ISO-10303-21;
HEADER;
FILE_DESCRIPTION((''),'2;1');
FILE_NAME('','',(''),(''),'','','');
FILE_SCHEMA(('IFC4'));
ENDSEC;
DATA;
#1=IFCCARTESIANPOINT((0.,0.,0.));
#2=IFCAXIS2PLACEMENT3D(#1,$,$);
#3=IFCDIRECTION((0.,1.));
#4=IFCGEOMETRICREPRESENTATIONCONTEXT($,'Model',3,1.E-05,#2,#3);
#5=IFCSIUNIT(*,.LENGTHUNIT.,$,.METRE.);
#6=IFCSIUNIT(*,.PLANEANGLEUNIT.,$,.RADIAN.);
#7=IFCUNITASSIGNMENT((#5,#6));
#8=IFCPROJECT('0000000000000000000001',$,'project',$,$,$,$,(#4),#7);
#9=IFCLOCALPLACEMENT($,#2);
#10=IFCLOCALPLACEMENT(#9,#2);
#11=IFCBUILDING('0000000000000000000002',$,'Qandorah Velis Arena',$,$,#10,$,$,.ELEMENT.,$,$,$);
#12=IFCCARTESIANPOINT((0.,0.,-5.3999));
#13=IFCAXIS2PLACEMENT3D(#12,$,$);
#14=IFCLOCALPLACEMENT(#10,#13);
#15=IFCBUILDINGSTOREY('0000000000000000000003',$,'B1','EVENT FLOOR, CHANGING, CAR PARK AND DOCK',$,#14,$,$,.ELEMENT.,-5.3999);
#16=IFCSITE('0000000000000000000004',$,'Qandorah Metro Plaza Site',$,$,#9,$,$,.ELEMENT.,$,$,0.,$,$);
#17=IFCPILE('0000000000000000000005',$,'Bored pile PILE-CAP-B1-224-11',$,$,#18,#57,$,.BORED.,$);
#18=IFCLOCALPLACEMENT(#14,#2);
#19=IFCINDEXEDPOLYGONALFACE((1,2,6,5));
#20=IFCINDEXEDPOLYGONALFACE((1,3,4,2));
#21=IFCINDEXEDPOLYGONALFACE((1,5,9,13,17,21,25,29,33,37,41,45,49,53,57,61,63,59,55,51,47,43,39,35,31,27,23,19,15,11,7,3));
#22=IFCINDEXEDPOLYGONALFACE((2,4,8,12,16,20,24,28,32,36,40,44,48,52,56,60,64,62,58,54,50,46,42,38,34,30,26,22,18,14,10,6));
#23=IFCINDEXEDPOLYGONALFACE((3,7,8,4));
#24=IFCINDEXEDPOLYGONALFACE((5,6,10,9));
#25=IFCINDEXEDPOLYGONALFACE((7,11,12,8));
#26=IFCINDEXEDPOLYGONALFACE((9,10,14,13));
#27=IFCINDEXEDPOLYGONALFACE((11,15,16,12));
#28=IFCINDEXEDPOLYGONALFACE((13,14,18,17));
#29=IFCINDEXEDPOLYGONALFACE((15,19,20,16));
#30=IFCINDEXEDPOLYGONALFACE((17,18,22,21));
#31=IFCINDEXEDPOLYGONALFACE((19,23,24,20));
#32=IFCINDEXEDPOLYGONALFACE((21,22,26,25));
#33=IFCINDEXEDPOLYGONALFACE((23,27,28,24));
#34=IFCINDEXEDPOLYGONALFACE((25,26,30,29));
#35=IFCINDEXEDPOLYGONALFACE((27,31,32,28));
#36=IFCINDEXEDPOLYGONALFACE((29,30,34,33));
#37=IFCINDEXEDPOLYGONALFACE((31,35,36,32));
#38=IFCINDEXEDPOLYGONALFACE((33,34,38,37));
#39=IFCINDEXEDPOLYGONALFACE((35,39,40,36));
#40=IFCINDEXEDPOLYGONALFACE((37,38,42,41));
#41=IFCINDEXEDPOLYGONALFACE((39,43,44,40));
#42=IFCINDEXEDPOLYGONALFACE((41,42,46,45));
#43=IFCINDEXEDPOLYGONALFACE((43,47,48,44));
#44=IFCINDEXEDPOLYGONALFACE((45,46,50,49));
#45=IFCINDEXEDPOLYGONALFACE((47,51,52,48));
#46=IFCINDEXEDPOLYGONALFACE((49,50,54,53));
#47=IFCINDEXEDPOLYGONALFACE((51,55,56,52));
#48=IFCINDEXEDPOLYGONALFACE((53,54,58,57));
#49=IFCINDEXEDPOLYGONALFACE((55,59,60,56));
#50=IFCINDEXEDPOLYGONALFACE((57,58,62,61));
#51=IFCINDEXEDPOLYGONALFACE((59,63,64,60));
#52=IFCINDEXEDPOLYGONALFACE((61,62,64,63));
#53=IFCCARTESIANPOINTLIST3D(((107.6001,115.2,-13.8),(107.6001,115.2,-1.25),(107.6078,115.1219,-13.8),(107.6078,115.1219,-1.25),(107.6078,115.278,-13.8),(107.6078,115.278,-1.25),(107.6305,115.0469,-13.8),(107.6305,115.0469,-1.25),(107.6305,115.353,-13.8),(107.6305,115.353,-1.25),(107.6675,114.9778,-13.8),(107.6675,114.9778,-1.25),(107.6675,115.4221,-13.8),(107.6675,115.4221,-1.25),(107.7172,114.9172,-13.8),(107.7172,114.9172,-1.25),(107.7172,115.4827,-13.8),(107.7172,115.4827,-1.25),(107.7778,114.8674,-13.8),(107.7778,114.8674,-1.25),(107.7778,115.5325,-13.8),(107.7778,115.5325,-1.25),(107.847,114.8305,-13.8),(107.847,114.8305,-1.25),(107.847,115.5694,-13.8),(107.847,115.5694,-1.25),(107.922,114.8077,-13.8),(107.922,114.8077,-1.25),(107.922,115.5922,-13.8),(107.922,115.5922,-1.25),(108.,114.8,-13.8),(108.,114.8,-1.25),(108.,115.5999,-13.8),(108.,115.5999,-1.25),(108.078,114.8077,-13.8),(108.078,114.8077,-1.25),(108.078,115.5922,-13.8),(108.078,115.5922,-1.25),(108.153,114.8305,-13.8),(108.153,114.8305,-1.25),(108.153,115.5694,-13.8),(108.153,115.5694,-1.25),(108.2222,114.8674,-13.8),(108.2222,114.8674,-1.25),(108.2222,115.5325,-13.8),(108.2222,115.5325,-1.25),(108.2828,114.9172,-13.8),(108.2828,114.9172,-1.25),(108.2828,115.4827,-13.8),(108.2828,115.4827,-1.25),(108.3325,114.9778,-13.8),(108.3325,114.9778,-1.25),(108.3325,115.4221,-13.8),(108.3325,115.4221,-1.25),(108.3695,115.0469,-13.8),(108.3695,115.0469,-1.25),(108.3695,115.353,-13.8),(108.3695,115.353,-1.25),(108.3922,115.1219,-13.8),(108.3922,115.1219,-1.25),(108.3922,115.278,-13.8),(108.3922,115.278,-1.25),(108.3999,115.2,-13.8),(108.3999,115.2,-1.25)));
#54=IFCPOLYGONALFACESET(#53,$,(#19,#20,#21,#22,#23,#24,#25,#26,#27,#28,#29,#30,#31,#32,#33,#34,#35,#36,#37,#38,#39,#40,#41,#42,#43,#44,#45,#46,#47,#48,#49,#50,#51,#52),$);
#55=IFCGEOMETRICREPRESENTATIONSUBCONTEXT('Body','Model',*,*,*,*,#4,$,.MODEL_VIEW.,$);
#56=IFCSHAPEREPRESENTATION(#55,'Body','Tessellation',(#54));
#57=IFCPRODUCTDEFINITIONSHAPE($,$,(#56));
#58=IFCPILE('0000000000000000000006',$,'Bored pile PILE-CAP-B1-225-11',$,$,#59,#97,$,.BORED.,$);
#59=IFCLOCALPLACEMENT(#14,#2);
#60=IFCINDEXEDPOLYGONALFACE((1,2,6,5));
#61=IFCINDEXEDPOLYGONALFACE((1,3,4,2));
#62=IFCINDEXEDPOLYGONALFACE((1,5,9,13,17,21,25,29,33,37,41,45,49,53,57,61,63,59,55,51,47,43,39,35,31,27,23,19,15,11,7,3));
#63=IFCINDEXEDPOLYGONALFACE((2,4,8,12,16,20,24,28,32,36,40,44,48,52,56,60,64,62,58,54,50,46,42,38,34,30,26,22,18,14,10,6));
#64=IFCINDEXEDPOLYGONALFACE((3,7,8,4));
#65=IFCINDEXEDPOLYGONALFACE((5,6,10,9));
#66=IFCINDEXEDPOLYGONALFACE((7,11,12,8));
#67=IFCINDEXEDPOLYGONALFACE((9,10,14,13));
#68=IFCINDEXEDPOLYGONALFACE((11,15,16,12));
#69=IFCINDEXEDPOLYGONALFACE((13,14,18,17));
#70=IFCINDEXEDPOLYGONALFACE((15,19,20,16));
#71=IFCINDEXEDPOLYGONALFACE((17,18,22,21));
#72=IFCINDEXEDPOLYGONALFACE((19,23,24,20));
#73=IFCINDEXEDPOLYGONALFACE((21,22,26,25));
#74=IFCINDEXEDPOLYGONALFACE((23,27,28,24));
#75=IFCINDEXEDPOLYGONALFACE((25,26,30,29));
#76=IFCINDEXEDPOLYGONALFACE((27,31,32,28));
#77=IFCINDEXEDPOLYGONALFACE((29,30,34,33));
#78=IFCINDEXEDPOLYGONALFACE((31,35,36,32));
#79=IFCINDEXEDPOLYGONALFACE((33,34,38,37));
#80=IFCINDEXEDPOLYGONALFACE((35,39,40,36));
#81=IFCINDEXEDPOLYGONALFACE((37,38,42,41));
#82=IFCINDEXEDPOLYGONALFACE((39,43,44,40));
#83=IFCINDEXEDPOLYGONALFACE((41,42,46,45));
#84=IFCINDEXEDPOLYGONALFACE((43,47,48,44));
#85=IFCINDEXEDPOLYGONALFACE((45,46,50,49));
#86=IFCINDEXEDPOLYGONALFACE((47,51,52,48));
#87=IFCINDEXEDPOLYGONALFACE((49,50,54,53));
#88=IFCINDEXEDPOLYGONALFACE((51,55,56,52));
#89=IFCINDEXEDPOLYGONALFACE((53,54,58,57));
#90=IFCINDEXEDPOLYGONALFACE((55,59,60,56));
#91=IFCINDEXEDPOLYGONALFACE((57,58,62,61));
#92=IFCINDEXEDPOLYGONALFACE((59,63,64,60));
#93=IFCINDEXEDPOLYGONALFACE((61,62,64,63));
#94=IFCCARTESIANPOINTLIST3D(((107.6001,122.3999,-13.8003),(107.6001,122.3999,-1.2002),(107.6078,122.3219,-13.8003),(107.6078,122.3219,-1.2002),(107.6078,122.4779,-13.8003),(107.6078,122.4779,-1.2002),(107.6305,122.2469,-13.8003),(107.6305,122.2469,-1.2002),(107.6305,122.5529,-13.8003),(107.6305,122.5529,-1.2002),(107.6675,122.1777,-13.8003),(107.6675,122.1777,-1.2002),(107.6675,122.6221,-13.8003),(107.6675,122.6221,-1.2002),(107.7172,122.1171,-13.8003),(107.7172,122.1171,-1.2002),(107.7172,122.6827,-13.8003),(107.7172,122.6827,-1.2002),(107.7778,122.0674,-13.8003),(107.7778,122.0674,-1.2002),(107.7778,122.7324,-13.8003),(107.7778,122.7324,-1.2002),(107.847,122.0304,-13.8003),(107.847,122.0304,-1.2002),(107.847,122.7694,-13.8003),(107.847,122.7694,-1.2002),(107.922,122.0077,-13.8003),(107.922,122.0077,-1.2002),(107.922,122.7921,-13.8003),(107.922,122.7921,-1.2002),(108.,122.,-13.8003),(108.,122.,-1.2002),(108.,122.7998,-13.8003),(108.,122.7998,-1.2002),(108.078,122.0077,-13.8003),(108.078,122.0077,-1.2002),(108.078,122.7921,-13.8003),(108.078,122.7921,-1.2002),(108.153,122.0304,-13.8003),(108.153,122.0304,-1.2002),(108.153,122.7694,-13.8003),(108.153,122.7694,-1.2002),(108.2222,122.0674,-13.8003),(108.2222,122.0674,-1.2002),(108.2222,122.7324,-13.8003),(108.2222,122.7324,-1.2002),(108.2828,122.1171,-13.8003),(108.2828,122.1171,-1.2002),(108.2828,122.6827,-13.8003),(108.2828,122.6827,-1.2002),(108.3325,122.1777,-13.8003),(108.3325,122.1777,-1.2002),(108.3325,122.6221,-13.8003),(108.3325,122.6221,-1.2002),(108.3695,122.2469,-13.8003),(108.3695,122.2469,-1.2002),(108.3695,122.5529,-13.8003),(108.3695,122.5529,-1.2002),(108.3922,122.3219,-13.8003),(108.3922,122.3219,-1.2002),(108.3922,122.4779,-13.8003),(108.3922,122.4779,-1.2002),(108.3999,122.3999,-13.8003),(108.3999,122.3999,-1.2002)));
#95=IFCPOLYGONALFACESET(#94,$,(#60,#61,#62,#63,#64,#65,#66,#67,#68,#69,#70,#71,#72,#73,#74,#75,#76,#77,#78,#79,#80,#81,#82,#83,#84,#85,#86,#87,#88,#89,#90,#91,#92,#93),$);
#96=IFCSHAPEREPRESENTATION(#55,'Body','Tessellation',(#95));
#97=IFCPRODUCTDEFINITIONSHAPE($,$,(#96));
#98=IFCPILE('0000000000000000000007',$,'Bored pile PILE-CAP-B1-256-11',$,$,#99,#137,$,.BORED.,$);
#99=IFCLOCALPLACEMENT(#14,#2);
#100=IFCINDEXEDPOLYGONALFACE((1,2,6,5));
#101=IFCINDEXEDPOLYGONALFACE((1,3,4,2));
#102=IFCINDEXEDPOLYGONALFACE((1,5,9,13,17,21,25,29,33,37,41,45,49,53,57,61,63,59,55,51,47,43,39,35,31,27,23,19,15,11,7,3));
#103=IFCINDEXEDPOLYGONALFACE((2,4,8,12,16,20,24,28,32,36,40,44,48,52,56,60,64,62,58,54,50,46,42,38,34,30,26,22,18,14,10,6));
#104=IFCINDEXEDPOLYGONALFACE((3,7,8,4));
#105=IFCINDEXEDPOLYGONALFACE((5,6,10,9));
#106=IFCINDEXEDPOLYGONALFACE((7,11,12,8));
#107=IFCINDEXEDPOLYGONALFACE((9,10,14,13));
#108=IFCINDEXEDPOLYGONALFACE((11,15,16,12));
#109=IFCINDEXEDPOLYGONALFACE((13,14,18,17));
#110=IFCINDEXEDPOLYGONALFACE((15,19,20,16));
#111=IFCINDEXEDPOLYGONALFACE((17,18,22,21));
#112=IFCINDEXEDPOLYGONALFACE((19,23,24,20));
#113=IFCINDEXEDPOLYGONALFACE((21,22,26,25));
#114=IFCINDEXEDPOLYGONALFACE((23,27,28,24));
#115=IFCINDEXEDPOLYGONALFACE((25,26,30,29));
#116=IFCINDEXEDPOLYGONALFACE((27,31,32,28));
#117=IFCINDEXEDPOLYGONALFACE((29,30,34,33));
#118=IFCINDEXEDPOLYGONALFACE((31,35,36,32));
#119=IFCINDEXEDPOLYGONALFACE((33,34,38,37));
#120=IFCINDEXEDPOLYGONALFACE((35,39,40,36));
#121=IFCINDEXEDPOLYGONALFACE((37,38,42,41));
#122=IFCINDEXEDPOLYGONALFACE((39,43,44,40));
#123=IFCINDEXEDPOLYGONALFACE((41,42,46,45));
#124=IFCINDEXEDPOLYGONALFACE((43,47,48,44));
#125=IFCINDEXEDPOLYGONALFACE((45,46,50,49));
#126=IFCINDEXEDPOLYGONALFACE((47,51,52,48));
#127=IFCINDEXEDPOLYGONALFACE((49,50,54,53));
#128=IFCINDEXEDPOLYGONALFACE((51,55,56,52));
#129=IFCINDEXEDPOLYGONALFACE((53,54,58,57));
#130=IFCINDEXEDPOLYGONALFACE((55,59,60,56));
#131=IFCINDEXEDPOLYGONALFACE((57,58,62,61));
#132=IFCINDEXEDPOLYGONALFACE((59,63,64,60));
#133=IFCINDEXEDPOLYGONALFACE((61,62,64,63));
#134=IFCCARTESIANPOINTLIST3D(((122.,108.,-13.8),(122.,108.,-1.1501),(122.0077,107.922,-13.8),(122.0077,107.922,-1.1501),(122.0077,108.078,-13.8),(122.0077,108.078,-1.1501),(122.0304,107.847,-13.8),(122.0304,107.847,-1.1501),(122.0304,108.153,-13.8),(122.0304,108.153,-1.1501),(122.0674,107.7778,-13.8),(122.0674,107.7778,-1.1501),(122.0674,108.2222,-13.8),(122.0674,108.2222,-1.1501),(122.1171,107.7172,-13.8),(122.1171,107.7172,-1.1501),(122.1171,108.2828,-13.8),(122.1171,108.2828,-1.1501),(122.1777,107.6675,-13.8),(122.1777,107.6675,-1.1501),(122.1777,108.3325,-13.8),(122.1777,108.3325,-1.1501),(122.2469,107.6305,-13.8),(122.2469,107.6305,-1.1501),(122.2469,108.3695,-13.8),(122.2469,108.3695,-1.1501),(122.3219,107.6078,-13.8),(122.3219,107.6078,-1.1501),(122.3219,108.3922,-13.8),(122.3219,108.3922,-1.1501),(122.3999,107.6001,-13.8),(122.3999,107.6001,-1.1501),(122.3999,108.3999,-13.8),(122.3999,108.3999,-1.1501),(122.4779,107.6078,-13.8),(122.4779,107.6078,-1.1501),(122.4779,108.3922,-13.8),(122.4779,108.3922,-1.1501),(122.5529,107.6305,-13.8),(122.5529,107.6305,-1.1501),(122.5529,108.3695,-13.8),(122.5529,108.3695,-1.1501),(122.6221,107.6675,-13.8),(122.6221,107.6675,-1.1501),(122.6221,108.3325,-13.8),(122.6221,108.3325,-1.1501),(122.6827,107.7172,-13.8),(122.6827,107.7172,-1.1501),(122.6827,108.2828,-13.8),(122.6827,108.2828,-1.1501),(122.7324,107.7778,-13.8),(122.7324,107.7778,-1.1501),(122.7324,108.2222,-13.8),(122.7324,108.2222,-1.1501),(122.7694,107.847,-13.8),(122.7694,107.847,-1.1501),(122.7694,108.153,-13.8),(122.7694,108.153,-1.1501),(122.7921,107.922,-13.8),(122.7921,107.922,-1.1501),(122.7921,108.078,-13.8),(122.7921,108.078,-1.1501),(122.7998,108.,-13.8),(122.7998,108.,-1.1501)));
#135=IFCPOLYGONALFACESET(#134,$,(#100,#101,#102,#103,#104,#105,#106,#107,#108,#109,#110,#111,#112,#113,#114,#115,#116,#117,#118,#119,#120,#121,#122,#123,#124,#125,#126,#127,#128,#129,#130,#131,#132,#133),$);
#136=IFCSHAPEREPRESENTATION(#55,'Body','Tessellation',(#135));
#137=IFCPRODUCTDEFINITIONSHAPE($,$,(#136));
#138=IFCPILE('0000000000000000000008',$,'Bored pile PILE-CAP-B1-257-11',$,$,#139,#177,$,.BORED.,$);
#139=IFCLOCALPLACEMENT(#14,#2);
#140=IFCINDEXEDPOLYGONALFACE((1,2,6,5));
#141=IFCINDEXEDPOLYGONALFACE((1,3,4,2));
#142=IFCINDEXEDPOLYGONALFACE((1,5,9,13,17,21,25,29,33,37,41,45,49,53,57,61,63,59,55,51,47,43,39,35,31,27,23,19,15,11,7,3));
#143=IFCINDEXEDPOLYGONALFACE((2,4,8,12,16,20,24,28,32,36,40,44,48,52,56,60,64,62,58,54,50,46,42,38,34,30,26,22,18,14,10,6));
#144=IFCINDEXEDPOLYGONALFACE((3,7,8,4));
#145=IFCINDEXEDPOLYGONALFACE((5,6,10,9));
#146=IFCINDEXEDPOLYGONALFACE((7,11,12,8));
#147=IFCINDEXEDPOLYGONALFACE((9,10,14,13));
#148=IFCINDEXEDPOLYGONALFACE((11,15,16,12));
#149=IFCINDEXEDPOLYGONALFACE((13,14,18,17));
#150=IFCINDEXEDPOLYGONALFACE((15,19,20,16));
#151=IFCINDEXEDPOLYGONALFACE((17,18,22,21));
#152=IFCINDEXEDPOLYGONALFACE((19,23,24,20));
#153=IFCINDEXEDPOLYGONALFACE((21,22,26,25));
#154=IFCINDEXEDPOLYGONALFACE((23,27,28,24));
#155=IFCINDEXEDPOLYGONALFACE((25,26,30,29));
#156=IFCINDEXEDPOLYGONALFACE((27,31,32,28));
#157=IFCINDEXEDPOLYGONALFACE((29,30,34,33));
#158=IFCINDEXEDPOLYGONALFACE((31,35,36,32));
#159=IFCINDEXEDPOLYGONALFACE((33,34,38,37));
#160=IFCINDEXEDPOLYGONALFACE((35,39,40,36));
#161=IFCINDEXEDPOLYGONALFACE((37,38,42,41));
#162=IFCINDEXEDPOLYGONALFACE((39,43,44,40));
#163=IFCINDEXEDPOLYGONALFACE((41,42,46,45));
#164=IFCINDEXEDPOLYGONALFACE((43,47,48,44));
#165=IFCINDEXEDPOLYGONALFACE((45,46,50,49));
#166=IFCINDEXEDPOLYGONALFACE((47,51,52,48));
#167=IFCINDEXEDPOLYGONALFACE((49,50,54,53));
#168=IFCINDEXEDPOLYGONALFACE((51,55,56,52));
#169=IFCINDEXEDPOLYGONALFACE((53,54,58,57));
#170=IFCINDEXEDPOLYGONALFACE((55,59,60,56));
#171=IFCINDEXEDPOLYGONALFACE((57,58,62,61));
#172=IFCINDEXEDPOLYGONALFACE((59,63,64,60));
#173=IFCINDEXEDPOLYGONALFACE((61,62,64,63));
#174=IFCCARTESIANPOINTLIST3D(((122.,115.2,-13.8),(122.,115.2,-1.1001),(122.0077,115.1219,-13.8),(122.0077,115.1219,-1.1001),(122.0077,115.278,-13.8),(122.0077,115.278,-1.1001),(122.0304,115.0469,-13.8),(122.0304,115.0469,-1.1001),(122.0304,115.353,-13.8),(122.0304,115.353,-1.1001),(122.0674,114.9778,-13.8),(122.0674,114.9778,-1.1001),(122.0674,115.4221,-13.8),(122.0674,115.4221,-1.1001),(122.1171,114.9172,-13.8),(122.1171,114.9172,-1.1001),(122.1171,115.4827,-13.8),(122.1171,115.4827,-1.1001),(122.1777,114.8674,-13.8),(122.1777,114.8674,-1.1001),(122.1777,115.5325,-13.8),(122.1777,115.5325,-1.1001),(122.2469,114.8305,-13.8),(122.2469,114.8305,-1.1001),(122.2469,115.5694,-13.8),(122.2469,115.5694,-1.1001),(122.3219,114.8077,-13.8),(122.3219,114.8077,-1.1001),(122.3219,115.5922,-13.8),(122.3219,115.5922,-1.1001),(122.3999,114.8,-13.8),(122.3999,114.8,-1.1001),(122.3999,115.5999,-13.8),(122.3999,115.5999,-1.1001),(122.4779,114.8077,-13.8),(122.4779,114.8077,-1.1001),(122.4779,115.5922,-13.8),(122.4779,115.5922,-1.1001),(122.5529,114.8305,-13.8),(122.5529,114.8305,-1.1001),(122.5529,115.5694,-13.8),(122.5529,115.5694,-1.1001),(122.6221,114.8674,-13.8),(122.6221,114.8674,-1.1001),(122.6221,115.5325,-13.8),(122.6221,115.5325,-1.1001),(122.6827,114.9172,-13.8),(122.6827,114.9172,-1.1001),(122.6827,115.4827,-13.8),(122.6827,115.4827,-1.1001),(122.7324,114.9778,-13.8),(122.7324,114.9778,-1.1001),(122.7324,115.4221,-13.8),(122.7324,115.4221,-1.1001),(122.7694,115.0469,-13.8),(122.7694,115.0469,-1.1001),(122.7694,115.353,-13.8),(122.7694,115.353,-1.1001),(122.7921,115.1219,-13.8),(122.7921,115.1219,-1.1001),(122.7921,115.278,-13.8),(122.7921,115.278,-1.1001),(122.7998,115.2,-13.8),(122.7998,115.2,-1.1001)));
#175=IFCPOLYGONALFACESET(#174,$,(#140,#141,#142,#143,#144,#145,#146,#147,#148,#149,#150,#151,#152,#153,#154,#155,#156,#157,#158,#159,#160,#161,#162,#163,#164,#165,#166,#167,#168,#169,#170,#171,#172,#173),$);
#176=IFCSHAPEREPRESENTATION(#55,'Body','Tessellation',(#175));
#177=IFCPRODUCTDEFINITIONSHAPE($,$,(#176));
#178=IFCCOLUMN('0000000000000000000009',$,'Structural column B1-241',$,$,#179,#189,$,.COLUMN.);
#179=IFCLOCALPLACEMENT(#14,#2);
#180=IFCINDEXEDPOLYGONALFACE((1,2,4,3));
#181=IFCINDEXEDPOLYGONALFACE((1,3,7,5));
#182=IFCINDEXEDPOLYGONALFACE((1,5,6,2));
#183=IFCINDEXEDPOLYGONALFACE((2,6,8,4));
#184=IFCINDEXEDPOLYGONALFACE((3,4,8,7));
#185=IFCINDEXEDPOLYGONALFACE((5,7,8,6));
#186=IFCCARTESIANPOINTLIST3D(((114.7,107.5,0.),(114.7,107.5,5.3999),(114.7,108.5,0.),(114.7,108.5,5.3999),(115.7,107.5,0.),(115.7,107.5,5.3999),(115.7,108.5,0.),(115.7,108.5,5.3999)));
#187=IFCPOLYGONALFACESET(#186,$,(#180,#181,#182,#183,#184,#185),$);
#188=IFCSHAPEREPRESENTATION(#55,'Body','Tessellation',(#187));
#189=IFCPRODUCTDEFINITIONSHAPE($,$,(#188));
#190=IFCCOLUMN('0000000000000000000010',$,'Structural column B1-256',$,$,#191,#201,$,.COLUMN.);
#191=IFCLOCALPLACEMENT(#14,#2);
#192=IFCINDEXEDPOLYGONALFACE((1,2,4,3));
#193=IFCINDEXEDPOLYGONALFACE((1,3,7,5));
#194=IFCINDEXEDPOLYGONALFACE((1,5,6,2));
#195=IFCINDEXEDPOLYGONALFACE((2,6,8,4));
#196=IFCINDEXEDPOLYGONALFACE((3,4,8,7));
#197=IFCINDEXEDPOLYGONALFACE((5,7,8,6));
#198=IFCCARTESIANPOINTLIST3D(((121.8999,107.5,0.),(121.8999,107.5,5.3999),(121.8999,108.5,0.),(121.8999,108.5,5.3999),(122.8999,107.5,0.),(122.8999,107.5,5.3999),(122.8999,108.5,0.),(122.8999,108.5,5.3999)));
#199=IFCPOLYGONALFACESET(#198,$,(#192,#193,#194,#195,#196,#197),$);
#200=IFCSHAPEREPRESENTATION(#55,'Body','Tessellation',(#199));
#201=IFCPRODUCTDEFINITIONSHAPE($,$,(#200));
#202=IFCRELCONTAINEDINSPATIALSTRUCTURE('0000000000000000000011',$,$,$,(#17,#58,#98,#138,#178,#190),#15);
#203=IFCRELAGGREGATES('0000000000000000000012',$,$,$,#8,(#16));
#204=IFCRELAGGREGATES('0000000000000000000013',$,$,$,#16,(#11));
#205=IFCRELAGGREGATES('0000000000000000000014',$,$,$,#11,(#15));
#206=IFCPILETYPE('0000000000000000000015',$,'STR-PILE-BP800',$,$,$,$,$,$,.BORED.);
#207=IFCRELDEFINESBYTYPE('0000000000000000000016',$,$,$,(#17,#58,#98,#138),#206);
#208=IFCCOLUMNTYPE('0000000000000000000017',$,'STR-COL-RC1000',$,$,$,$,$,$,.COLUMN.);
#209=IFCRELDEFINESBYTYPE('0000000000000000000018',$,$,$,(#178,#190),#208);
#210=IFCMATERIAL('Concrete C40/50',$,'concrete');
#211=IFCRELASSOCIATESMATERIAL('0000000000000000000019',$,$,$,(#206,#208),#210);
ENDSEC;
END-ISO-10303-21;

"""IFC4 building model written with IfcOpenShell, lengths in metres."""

from ifc_helpers import new_model, si_unit, direction, frame, origin, origin_2d, place, context, subcontext, project, spatial, rectangle, circle, extrude, material, material_profile, profile_set, type_object, element, save


model = new_model("IFC4")

# Units and contexts
model_context = context("Model", 3, precision=1e-05, world=origin(), true_north=direction((0.0, 1.0)))
body_context = subcontext(model_context, "Body", "Model", "MODEL_VIEW")
ifc_project = project(units=[si_unit("LENGTHUNIT", "METRE"), si_unit("PLANEANGLEUNIT", "RADIAN")], contexts=[model_context])

# Site, building, storey
site_placement = place(None, origin())
site = spatial("IfcSite", under=ifc_project, at=site_placement, Name="Qandorah Metro Plaza Site", CompositionType="ELEMENT", RefElevation=0.0)
building_placement = place(site_placement, origin())
building = spatial("IfcBuilding", under=site, at=building_placement, Name="Qandorah Velis Arena", CompositionType="ELEMENT")
storey_placement = place(building_placement, frame((0.0, 0.0, -5.3999)))
storey = spatial("IfcBuildingStorey", under=building, at=storey_placement, Name="B1", Description="EVENT FLOOR, CHANGING, CAR PARK AND DOCK", CompositionType="ELEMENT", Elevation=-5.3999)

# Shared definitions
ifc_material_1 = material(Name="Concrete C40/50", Category="concrete")

# Piles
ifc_material_profile_1 = material_profile(ifc_material_1, circle(Radius=0.3999, at=origin_2d()), Name="BORED PILE D800")
ifc_profile_set_1 = profile_set([ifc_material_profile_1], Name="Concrete C40/50")
pile_type_1 = type_object("IfcPileType", Name="STR-PILE-BP800", PredefinedType="BORED", material=ifc_profile_set_1)
pile_1_placement = place(storey_placement, frame((108.0, 115.2, -1.25), z_axis=(0.0, 0.0, -1.0), x_axis=(1.0, 0.0, 0.0)))
element("IfcPile", 1, at=pile_1_placement, inside=storey, type_object=pile_type_1, Name="Bored pile PILE-CAP-B1-224-11", PredefinedType="BORED", context=body_context, shape_type="SweptSolid", body=[
    extrude(circle(Radius=0.3999, at=origin_2d()), origin(), (0.0, 0.0, 1.0), 12.55),
])
pile_2_placement = place(storey_placement, frame((108.0, 122.3999, -1.2002), z_axis=(0.0, 0.0, -1.0), x_axis=(1.0, 0.0, 0.0)))
element("IfcPile", 2, at=pile_2_placement, inside=storey, type_object=pile_type_1, Name="Bored pile PILE-CAP-B1-225-11", PredefinedType="BORED", context=body_context, shape_type="SweptSolid", body=[
    extrude(circle(Radius=0.3999, at=origin_2d()), origin(), (0.0, 0.0, 1.0), 12.6001),
])
pile_3_placement = place(storey_placement, frame((122.3999, 108.0, -1.1501), z_axis=(0.0, 0.0, -1.0), x_axis=(1.0, 0.0, 0.0)))
element("IfcPile", 3, at=pile_3_placement, inside=storey, type_object=pile_type_1, Name="Bored pile PILE-CAP-B1-256-11", PredefinedType="BORED", context=body_context, shape_type="SweptSolid", body=[
    extrude(circle(Radius=0.3999, at=origin_2d()), origin(), (0.0, 0.0, 1.0), 12.6499),
])
pile_4_placement = place(storey_placement, frame((122.3999, 115.2, -1.1001), z_axis=(0.0, 0.0, -1.0), x_axis=(1.0, 0.0, 0.0)))
element("IfcPile", 4, at=pile_4_placement, inside=storey, type_object=pile_type_1, Name="Bored pile PILE-CAP-B1-257-11", PredefinedType="BORED", context=body_context, shape_type="SweptSolid", body=[
    extrude(circle(Radius=0.3999, at=origin_2d()), origin(), (0.0, 0.0, 1.0), 12.7),
])

# Columns
ifc_material_profile_2 = material_profile(ifc_material_1, rectangle(XDim=1.0, YDim=1.0, at=origin_2d()), Name="RC COL 1000x1000")
ifc_profile_set_2 = profile_set([ifc_material_profile_2], Name="Concrete C40/50")
column_type_1 = type_object("IfcColumnType", Name="STR-COL-RC1000", PredefinedType="COLUMN", material=ifc_profile_set_2)
for number, where, z_axis, x_axis, name in (
    (5, (115.2, 108.0, 0.0), (0.0, 0.0, 1.0), (1.0, 0.0, 0.0), "Structural column B1-241"),
    (6, (122.3999, 108.0, 0.0), (0.0, 0.0, 1.0), (1.0, 0.0, 0.0), "Structural column B1-256"),
):
    element("IfcColumn", number, at=place(storey_placement, frame(where, z_axis=z_axis, x_axis=x_axis)), inside=storey, type_object=column_type_1, Name=name, PredefinedType="COLUMN", context=body_context, shape_type="SweptSolid", body=[
        extrude(rectangle(XDim=1.0, YDim=1.0, at=origin_2d()), origin(), (0.0, 0.0, 1.0), 5.3999),
    ])

save(model, "model.ifc")
